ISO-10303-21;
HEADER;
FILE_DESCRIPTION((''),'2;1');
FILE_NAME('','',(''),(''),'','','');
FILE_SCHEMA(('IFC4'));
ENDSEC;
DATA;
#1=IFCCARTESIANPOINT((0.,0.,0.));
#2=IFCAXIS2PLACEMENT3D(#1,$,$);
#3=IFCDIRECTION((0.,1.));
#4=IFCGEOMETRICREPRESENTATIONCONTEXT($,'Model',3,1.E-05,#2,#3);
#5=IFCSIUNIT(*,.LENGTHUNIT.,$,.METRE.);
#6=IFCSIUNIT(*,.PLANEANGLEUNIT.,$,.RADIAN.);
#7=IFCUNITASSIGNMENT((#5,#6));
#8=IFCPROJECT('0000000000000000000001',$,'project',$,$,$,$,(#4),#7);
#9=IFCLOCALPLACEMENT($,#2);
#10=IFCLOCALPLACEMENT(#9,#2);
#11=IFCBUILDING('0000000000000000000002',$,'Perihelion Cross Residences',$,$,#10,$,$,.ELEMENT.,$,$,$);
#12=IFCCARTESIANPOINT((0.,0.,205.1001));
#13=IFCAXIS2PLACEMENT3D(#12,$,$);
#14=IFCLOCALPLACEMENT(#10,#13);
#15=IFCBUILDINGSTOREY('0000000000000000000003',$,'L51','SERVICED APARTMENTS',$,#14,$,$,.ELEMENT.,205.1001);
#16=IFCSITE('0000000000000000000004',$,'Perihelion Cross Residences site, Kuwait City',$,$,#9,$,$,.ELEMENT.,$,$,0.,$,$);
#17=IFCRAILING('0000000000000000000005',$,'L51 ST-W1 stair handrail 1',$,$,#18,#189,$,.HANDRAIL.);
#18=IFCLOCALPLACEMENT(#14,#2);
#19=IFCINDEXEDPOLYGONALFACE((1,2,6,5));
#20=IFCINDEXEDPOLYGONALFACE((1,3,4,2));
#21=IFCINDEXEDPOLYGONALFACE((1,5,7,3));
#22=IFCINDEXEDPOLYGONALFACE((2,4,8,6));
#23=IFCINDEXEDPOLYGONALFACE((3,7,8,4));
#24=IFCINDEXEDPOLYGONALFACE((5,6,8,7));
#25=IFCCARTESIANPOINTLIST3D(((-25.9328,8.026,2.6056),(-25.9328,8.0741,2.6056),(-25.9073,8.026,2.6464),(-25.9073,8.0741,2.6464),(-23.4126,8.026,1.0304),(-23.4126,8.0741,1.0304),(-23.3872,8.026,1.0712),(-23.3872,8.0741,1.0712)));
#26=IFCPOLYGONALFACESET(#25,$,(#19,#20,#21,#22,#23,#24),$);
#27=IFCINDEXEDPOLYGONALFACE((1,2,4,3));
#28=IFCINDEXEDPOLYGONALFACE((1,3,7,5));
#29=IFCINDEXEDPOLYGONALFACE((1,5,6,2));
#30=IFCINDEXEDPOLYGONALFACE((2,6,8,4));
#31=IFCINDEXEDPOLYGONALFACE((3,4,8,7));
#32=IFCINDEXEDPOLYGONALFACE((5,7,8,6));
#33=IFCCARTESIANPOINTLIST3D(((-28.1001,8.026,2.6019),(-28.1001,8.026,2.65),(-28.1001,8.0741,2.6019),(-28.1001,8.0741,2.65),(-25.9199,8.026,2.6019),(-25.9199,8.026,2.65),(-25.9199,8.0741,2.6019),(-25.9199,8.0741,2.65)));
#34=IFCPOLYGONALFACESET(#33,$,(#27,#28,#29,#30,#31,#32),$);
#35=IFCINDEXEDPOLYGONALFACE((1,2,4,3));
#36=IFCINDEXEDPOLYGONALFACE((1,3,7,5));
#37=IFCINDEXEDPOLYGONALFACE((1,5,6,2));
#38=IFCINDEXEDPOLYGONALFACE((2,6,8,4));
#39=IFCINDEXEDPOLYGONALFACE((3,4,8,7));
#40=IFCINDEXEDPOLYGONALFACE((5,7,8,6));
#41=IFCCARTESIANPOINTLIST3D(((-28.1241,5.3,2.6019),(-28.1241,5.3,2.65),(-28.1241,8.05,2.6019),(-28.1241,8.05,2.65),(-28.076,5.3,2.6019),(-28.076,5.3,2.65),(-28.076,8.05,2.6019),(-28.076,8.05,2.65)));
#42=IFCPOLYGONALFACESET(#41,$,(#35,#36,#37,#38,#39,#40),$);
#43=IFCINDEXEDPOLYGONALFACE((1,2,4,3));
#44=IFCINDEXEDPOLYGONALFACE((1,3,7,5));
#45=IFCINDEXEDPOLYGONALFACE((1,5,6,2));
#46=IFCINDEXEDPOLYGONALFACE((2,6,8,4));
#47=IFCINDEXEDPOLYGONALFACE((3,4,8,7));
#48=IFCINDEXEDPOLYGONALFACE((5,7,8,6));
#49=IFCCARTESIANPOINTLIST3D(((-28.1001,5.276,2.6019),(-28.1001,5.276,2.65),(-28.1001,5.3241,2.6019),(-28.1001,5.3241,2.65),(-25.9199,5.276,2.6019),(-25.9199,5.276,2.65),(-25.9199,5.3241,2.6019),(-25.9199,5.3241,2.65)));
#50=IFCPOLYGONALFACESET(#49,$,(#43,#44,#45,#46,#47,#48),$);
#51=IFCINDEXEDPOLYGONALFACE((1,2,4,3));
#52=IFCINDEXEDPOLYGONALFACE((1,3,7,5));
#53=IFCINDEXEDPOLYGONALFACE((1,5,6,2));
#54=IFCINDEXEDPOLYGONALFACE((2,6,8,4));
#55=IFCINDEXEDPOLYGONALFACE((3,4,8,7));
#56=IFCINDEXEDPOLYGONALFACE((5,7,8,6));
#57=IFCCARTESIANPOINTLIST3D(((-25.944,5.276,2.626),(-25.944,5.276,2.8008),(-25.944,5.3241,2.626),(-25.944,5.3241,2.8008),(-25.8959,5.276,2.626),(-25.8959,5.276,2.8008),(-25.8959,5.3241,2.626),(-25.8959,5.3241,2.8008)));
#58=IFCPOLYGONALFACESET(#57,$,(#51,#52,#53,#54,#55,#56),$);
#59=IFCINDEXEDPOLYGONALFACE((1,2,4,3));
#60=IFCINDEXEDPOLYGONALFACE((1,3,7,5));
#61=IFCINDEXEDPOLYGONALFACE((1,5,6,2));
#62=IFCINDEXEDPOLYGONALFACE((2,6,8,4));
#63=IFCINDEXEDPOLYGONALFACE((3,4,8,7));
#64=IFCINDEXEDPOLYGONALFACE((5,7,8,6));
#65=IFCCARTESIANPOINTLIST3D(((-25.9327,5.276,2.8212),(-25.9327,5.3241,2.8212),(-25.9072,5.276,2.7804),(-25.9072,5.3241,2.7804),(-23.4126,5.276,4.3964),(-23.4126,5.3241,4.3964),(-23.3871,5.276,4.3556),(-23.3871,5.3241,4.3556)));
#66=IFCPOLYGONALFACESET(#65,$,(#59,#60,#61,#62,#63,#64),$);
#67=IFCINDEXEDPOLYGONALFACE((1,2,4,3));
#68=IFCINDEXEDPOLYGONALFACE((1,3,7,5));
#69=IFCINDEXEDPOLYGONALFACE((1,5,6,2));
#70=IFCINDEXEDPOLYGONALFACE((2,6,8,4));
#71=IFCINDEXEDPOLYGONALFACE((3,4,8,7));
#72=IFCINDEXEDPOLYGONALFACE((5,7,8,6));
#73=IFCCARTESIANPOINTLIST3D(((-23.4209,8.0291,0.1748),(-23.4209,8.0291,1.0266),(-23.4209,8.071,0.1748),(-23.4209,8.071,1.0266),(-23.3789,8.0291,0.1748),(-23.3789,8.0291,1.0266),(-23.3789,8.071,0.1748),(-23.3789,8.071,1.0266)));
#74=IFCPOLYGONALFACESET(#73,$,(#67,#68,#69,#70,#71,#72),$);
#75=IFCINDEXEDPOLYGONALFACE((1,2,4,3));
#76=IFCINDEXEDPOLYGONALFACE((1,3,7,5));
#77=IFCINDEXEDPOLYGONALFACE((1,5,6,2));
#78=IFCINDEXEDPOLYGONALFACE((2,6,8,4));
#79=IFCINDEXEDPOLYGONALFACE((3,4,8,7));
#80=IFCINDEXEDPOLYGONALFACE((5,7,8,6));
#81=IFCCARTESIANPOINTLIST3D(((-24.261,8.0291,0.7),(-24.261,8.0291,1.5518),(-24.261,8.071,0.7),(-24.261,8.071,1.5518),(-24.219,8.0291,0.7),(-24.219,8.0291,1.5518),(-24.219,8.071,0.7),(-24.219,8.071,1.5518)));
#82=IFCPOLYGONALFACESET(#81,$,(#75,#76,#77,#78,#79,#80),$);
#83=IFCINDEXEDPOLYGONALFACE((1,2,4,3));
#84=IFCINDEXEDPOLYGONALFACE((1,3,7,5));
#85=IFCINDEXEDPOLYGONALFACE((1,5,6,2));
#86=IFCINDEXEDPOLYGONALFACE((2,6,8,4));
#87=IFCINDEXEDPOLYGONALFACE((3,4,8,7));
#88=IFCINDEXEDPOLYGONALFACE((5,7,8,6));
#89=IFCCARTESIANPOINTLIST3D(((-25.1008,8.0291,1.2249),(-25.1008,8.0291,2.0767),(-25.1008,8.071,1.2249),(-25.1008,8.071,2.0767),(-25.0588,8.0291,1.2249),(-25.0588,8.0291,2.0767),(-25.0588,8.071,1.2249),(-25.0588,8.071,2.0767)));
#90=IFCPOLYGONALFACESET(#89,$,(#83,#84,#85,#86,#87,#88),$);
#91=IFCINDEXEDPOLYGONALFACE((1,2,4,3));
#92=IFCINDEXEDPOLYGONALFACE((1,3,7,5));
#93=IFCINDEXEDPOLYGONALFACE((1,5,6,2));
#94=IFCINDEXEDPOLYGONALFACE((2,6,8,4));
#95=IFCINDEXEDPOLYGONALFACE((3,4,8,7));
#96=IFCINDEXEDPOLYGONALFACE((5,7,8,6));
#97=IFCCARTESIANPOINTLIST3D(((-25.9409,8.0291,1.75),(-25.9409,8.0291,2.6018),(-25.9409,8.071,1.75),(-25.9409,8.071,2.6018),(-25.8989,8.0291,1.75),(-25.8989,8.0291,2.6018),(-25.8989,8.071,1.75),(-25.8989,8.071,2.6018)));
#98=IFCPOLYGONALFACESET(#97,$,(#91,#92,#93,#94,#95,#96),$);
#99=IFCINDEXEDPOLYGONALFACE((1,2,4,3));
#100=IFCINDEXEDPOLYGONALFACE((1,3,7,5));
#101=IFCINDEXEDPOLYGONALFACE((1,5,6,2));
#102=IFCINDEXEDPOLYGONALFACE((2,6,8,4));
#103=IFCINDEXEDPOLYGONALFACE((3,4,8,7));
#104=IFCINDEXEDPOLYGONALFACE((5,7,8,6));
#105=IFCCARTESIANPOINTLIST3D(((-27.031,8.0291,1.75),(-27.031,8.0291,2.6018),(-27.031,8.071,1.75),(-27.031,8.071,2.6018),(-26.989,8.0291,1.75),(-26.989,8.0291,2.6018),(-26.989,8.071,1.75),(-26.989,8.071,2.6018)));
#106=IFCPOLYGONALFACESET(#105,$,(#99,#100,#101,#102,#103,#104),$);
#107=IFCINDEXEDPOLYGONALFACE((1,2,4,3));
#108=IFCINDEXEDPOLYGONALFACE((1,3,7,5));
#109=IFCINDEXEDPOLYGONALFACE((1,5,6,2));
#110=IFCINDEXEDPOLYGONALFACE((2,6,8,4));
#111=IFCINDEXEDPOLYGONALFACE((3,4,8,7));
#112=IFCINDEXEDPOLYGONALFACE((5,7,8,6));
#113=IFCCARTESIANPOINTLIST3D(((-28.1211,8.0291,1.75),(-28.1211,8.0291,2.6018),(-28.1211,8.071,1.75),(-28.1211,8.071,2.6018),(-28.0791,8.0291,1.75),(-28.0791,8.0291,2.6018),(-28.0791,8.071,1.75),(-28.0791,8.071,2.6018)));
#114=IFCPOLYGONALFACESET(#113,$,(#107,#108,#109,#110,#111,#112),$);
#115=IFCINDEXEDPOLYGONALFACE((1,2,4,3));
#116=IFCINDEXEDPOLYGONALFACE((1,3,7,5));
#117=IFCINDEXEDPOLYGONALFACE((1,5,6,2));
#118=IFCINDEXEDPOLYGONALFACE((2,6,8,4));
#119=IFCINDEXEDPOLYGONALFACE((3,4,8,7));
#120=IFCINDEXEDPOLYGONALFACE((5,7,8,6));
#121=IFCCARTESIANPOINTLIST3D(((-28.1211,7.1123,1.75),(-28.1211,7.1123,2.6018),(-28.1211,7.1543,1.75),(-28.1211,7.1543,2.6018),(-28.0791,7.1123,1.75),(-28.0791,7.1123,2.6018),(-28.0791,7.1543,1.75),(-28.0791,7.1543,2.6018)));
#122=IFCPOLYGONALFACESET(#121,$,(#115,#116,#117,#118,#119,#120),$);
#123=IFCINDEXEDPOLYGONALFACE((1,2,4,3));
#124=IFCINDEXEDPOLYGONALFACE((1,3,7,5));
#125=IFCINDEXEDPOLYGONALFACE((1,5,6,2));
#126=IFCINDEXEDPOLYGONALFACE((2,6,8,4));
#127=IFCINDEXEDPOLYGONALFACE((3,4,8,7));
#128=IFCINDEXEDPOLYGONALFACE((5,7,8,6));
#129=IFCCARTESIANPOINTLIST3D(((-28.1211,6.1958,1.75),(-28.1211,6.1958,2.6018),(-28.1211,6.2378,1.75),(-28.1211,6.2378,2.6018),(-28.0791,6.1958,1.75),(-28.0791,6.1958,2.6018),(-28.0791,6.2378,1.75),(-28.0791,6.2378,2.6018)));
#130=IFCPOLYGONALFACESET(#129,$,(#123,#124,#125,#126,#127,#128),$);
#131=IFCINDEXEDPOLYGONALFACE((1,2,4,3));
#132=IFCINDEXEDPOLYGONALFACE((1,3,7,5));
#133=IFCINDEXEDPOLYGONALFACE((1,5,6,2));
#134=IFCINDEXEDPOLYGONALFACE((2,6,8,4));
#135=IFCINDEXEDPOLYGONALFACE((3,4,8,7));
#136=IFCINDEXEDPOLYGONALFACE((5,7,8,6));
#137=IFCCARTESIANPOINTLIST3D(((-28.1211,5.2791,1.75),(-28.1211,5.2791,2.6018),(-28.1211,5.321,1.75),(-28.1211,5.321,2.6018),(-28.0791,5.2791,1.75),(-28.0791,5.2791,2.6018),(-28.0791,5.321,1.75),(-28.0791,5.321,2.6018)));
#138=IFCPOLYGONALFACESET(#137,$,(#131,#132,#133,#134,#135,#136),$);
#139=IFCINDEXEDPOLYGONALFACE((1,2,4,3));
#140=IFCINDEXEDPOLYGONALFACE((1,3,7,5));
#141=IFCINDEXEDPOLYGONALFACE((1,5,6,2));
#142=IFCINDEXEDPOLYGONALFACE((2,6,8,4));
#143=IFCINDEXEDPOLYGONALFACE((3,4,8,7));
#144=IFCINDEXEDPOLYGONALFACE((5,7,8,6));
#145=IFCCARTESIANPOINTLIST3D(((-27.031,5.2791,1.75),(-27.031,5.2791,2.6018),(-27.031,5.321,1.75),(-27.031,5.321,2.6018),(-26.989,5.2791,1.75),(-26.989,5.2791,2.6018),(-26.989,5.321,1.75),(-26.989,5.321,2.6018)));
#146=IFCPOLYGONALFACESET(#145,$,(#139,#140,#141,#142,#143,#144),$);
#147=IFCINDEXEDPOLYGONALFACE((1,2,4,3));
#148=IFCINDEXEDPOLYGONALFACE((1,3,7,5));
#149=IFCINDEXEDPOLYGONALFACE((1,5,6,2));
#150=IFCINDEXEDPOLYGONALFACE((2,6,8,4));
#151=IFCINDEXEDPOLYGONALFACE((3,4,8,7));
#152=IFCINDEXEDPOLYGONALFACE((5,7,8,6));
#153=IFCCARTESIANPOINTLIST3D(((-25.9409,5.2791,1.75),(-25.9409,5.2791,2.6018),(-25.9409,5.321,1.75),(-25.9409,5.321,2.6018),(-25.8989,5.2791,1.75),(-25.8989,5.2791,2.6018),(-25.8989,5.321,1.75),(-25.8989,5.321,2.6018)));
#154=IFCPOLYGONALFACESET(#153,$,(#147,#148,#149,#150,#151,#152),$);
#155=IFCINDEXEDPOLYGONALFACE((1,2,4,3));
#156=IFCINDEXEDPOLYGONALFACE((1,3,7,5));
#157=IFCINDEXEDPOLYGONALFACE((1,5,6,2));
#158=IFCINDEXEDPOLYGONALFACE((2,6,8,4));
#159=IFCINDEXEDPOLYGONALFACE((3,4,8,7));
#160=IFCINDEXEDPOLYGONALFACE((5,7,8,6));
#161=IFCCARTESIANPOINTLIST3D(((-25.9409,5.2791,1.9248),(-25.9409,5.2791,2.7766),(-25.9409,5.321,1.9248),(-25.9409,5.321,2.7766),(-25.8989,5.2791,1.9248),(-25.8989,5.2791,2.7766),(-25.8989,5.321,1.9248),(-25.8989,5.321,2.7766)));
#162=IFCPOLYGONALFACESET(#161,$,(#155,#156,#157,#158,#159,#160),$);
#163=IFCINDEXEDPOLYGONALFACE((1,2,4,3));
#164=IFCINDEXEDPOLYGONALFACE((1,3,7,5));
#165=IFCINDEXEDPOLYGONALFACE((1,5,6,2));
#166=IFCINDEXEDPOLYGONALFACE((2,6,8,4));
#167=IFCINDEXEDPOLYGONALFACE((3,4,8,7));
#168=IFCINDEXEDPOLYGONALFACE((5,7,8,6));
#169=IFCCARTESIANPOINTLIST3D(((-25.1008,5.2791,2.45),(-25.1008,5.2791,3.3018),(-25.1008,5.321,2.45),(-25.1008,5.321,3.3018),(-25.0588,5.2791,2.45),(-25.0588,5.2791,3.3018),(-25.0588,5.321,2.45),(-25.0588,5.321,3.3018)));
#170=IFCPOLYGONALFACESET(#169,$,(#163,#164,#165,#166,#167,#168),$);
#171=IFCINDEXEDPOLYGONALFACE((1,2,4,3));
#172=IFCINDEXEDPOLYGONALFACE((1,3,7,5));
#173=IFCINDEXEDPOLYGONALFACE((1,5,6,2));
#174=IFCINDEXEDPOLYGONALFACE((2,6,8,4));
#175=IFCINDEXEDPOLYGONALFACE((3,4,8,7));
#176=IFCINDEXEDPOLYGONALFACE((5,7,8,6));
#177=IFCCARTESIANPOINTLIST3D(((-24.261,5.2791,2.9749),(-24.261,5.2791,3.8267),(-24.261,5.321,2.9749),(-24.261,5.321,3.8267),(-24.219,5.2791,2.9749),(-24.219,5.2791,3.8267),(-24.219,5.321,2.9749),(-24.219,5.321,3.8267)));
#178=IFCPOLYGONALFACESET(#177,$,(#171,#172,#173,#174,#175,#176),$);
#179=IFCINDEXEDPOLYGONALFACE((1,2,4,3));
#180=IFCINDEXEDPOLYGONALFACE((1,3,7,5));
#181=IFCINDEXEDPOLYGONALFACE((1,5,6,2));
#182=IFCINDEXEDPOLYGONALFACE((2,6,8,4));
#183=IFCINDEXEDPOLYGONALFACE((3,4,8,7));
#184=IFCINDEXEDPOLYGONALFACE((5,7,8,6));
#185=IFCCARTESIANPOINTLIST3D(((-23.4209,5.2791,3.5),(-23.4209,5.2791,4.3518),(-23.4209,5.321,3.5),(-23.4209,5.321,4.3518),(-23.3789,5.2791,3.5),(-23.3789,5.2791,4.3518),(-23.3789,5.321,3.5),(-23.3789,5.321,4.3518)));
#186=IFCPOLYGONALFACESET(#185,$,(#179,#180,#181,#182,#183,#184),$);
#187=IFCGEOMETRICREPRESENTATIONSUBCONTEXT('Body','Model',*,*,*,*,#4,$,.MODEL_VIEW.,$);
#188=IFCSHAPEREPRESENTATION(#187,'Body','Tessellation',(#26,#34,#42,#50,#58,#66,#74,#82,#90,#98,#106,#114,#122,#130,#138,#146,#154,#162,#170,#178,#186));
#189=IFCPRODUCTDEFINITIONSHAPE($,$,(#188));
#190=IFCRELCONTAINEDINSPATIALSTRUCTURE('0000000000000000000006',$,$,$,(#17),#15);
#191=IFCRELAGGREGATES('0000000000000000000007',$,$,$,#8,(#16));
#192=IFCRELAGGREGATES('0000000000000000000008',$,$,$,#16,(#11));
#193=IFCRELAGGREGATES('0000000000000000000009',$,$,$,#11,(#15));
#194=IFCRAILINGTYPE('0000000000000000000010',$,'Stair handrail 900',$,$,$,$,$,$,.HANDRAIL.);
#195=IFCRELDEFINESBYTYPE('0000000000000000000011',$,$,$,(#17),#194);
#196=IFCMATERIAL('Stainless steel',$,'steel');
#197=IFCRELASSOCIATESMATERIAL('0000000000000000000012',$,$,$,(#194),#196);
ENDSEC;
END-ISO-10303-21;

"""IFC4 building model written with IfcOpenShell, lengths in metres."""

from ifc_helpers import new_model, si_unit, direction, frame, origin, origin_2d, place, context, subcontext, project, spatial, rectangle, extrude, material, type_object, element, save


model = new_model("IFC4")

# Units and contexts
model_context = context("Model", 3, precision=1e-05, world=origin(), true_north=direction((0.0, 1.0)))
body_context = subcontext(model_context, "Body", "Model", "MODEL_VIEW")
ifc_project = project(units=[si_unit("LENGTHUNIT", "METRE"), si_unit("PLANEANGLEUNIT", "RADIAN")], contexts=[model_context])

# Site, building, storey
site_placement = place(None, origin())
site = spatial("IfcSite", under=ifc_project, at=site_placement, Name="Perihelion Cross Residences site, Kuwait City", CompositionType="ELEMENT", RefElevation=0.0)
building_placement = place(site_placement, origin())
building = spatial("IfcBuilding", under=site, at=building_placement, Name="Perihelion Cross Residences", CompositionType="ELEMENT")
storey_placement = place(building_placement, frame((0.0, 0.0, 205.1001)))
storey = spatial("IfcBuildingStorey", under=building, at=storey_placement, Name="L51", Description="SERVICED APARTMENTS", CompositionType="ELEMENT", Elevation=205.1001)

# Railing
ifc_material_1 = material(Name="Stainless steel", Category="steel")
railing_type_1 = type_object("IfcRailingType", Name="Stair handrail 900", PredefinedType="HANDRAIL", material=ifc_material_1)
railing_1_placement = place(storey_placement, frame((-23.3999, 8.05, 0.1748)))
element("IfcRailing", 1, at=railing_1_placement, inside=storey, type_object=railing_type_1, Name="L51 ST-W1 stair handrail 1", PredefinedType="HANDRAIL", context=body_context, shape_type="SweptSolid", body=[
    extrude(rectangle(XDim=0.0481, YDim=0.0481, at=origin_2d()), frame((0.0, 0.0, 0.876), z_axis=(-0.847971, 0.0, 0.530043), x_axis=(0.0, -1.0, 0.0)), (0.0, 0.0, 1.0), 2.9719),
    extrude(rectangle(XDim=0.0481, YDim=0.0481, at=origin_2d()), frame((-2.52, 0.0, 2.4512), z_axis=(-1.0, 0.0, 0.0), x_axis=(0.0, -1.0, 0.0)), (0.0, 0.0, 1.0), 2.1802),
    extrude(rectangle(XDim=0.0481, YDim=0.0481, at=origin_2d()), frame((-4.7002, 0.0, 2.4512), z_axis=(0.0, -1.0, 0.0), x_axis=(1.0, 0.0, 0.0)), (0.0, 0.0, 1.0), 2.75),
    extrude(rectangle(XDim=0.0481, YDim=0.0481, at=origin_2d()), frame((-4.7002, -2.75, 2.4512), z_axis=(1.0, 0.0, 0.0), x_axis=(0.0, 1.0, 0.0)), (0.0, 0.0, 1.0), 2.1802),
    extrude(rectangle(XDim=0.0481, YDim=0.0481, at=origin_2d()), frame((-2.52, -2.75, 2.4512), z_axis=(0.0, 0.0, 1.0), x_axis=(1.0, 0.0, 0.0)), (0.0, 0.0, 1.0), 0.1748),
    extrude(rectangle(XDim=0.0481, YDim=0.0481, at=origin_2d()), frame((-2.52, -2.75, 2.626), z_axis=(0.847971, 0.0, 0.530043), x_axis=(0.0, 1.0, 0.0)), (0.0, 0.0, 1.0), 2.9719),
    extrude(rectangle(XDim=0.042, YDim=0.042, at=origin_2d()), origin(), (0.0, 0.0, 1.0), 0.8518),
    extrude(rectangle(XDim=0.042, YDim=0.042, at=origin_2d()), frame((-0.8401, 0.0, 0.5251)), (0.0, 0.0, 1.0), 0.8518),
    extrude(rectangle(XDim=0.042, YDim=0.042, at=origin_2d()), frame((-1.6799, 0.0, 1.05)), (0.0, 0.0, 1.0), 0.8518),
    extrude(rectangle(XDim=0.042, YDim=0.042, at=origin_2d()), frame((-2.52, 0.0, 1.5752)), (0.0, 0.0, 1.0), 0.8518),
    extrude(rectangle(XDim=0.042, YDim=0.042, at=origin_2d()), frame((-3.6101, 0.0, 1.5752)), (0.0, 0.0, 1.0), 0.8518),
    extrude(rectangle(XDim=0.042, YDim=0.042, at=origin_2d()), frame((-4.7002, 0.0, 1.5752)), (0.0, 0.0, 1.0), 0.8518),
    extrude(rectangle(XDim=0.042, YDim=0.042, at=origin_2d()), frame((-4.7002, -0.9167, 1.5752)), (0.0, 0.0, 1.0), 0.8518),
    extrude(rectangle(XDim=0.042, YDim=0.042, at=origin_2d()), frame((-4.7002, -1.8333, 1.5752)), (0.0, 0.0, 1.0), 0.8518),
    extrude(rectangle(XDim=0.042, YDim=0.042, at=origin_2d()), frame((-4.7002, -2.75, 1.5752)), (0.0, 0.0, 1.0), 0.8518),
    extrude(rectangle(XDim=0.042, YDim=0.042, at=origin_2d()), frame((-3.6101, -2.75, 1.5752)), (0.0, 0.0, 1.0), 0.8518),
    extrude(rectangle(XDim=0.042, YDim=0.042, at=origin_2d()), frame((-2.52, -2.75, 1.5752)), (0.0, 0.0, 1.0), 0.8518),
    extrude(rectangle(XDim=0.042, YDim=0.042, at=origin_2d()), frame((-2.52, -2.75, 1.75)), (0.0, 0.0, 1.0), 0.8518),
    extrude(rectangle(XDim=0.042, YDim=0.042, at=origin_2d()), frame((-1.6799, -2.75, 2.2751)), (0.0, 0.0, 1.0), 0.8518),
    extrude(rectangle(XDim=0.042, YDim=0.042, at=origin_2d()), frame((-0.8401, -2.75, 2.8)), (0.0, 0.0, 1.0), 0.8518),
    extrude(rectangle(XDim=0.042, YDim=0.042, at=origin_2d()), frame((0.0, -2.75, 3.3252)), (0.0, 0.0, 1.0), 0.8518),
])

save(model, "model.ifc")
